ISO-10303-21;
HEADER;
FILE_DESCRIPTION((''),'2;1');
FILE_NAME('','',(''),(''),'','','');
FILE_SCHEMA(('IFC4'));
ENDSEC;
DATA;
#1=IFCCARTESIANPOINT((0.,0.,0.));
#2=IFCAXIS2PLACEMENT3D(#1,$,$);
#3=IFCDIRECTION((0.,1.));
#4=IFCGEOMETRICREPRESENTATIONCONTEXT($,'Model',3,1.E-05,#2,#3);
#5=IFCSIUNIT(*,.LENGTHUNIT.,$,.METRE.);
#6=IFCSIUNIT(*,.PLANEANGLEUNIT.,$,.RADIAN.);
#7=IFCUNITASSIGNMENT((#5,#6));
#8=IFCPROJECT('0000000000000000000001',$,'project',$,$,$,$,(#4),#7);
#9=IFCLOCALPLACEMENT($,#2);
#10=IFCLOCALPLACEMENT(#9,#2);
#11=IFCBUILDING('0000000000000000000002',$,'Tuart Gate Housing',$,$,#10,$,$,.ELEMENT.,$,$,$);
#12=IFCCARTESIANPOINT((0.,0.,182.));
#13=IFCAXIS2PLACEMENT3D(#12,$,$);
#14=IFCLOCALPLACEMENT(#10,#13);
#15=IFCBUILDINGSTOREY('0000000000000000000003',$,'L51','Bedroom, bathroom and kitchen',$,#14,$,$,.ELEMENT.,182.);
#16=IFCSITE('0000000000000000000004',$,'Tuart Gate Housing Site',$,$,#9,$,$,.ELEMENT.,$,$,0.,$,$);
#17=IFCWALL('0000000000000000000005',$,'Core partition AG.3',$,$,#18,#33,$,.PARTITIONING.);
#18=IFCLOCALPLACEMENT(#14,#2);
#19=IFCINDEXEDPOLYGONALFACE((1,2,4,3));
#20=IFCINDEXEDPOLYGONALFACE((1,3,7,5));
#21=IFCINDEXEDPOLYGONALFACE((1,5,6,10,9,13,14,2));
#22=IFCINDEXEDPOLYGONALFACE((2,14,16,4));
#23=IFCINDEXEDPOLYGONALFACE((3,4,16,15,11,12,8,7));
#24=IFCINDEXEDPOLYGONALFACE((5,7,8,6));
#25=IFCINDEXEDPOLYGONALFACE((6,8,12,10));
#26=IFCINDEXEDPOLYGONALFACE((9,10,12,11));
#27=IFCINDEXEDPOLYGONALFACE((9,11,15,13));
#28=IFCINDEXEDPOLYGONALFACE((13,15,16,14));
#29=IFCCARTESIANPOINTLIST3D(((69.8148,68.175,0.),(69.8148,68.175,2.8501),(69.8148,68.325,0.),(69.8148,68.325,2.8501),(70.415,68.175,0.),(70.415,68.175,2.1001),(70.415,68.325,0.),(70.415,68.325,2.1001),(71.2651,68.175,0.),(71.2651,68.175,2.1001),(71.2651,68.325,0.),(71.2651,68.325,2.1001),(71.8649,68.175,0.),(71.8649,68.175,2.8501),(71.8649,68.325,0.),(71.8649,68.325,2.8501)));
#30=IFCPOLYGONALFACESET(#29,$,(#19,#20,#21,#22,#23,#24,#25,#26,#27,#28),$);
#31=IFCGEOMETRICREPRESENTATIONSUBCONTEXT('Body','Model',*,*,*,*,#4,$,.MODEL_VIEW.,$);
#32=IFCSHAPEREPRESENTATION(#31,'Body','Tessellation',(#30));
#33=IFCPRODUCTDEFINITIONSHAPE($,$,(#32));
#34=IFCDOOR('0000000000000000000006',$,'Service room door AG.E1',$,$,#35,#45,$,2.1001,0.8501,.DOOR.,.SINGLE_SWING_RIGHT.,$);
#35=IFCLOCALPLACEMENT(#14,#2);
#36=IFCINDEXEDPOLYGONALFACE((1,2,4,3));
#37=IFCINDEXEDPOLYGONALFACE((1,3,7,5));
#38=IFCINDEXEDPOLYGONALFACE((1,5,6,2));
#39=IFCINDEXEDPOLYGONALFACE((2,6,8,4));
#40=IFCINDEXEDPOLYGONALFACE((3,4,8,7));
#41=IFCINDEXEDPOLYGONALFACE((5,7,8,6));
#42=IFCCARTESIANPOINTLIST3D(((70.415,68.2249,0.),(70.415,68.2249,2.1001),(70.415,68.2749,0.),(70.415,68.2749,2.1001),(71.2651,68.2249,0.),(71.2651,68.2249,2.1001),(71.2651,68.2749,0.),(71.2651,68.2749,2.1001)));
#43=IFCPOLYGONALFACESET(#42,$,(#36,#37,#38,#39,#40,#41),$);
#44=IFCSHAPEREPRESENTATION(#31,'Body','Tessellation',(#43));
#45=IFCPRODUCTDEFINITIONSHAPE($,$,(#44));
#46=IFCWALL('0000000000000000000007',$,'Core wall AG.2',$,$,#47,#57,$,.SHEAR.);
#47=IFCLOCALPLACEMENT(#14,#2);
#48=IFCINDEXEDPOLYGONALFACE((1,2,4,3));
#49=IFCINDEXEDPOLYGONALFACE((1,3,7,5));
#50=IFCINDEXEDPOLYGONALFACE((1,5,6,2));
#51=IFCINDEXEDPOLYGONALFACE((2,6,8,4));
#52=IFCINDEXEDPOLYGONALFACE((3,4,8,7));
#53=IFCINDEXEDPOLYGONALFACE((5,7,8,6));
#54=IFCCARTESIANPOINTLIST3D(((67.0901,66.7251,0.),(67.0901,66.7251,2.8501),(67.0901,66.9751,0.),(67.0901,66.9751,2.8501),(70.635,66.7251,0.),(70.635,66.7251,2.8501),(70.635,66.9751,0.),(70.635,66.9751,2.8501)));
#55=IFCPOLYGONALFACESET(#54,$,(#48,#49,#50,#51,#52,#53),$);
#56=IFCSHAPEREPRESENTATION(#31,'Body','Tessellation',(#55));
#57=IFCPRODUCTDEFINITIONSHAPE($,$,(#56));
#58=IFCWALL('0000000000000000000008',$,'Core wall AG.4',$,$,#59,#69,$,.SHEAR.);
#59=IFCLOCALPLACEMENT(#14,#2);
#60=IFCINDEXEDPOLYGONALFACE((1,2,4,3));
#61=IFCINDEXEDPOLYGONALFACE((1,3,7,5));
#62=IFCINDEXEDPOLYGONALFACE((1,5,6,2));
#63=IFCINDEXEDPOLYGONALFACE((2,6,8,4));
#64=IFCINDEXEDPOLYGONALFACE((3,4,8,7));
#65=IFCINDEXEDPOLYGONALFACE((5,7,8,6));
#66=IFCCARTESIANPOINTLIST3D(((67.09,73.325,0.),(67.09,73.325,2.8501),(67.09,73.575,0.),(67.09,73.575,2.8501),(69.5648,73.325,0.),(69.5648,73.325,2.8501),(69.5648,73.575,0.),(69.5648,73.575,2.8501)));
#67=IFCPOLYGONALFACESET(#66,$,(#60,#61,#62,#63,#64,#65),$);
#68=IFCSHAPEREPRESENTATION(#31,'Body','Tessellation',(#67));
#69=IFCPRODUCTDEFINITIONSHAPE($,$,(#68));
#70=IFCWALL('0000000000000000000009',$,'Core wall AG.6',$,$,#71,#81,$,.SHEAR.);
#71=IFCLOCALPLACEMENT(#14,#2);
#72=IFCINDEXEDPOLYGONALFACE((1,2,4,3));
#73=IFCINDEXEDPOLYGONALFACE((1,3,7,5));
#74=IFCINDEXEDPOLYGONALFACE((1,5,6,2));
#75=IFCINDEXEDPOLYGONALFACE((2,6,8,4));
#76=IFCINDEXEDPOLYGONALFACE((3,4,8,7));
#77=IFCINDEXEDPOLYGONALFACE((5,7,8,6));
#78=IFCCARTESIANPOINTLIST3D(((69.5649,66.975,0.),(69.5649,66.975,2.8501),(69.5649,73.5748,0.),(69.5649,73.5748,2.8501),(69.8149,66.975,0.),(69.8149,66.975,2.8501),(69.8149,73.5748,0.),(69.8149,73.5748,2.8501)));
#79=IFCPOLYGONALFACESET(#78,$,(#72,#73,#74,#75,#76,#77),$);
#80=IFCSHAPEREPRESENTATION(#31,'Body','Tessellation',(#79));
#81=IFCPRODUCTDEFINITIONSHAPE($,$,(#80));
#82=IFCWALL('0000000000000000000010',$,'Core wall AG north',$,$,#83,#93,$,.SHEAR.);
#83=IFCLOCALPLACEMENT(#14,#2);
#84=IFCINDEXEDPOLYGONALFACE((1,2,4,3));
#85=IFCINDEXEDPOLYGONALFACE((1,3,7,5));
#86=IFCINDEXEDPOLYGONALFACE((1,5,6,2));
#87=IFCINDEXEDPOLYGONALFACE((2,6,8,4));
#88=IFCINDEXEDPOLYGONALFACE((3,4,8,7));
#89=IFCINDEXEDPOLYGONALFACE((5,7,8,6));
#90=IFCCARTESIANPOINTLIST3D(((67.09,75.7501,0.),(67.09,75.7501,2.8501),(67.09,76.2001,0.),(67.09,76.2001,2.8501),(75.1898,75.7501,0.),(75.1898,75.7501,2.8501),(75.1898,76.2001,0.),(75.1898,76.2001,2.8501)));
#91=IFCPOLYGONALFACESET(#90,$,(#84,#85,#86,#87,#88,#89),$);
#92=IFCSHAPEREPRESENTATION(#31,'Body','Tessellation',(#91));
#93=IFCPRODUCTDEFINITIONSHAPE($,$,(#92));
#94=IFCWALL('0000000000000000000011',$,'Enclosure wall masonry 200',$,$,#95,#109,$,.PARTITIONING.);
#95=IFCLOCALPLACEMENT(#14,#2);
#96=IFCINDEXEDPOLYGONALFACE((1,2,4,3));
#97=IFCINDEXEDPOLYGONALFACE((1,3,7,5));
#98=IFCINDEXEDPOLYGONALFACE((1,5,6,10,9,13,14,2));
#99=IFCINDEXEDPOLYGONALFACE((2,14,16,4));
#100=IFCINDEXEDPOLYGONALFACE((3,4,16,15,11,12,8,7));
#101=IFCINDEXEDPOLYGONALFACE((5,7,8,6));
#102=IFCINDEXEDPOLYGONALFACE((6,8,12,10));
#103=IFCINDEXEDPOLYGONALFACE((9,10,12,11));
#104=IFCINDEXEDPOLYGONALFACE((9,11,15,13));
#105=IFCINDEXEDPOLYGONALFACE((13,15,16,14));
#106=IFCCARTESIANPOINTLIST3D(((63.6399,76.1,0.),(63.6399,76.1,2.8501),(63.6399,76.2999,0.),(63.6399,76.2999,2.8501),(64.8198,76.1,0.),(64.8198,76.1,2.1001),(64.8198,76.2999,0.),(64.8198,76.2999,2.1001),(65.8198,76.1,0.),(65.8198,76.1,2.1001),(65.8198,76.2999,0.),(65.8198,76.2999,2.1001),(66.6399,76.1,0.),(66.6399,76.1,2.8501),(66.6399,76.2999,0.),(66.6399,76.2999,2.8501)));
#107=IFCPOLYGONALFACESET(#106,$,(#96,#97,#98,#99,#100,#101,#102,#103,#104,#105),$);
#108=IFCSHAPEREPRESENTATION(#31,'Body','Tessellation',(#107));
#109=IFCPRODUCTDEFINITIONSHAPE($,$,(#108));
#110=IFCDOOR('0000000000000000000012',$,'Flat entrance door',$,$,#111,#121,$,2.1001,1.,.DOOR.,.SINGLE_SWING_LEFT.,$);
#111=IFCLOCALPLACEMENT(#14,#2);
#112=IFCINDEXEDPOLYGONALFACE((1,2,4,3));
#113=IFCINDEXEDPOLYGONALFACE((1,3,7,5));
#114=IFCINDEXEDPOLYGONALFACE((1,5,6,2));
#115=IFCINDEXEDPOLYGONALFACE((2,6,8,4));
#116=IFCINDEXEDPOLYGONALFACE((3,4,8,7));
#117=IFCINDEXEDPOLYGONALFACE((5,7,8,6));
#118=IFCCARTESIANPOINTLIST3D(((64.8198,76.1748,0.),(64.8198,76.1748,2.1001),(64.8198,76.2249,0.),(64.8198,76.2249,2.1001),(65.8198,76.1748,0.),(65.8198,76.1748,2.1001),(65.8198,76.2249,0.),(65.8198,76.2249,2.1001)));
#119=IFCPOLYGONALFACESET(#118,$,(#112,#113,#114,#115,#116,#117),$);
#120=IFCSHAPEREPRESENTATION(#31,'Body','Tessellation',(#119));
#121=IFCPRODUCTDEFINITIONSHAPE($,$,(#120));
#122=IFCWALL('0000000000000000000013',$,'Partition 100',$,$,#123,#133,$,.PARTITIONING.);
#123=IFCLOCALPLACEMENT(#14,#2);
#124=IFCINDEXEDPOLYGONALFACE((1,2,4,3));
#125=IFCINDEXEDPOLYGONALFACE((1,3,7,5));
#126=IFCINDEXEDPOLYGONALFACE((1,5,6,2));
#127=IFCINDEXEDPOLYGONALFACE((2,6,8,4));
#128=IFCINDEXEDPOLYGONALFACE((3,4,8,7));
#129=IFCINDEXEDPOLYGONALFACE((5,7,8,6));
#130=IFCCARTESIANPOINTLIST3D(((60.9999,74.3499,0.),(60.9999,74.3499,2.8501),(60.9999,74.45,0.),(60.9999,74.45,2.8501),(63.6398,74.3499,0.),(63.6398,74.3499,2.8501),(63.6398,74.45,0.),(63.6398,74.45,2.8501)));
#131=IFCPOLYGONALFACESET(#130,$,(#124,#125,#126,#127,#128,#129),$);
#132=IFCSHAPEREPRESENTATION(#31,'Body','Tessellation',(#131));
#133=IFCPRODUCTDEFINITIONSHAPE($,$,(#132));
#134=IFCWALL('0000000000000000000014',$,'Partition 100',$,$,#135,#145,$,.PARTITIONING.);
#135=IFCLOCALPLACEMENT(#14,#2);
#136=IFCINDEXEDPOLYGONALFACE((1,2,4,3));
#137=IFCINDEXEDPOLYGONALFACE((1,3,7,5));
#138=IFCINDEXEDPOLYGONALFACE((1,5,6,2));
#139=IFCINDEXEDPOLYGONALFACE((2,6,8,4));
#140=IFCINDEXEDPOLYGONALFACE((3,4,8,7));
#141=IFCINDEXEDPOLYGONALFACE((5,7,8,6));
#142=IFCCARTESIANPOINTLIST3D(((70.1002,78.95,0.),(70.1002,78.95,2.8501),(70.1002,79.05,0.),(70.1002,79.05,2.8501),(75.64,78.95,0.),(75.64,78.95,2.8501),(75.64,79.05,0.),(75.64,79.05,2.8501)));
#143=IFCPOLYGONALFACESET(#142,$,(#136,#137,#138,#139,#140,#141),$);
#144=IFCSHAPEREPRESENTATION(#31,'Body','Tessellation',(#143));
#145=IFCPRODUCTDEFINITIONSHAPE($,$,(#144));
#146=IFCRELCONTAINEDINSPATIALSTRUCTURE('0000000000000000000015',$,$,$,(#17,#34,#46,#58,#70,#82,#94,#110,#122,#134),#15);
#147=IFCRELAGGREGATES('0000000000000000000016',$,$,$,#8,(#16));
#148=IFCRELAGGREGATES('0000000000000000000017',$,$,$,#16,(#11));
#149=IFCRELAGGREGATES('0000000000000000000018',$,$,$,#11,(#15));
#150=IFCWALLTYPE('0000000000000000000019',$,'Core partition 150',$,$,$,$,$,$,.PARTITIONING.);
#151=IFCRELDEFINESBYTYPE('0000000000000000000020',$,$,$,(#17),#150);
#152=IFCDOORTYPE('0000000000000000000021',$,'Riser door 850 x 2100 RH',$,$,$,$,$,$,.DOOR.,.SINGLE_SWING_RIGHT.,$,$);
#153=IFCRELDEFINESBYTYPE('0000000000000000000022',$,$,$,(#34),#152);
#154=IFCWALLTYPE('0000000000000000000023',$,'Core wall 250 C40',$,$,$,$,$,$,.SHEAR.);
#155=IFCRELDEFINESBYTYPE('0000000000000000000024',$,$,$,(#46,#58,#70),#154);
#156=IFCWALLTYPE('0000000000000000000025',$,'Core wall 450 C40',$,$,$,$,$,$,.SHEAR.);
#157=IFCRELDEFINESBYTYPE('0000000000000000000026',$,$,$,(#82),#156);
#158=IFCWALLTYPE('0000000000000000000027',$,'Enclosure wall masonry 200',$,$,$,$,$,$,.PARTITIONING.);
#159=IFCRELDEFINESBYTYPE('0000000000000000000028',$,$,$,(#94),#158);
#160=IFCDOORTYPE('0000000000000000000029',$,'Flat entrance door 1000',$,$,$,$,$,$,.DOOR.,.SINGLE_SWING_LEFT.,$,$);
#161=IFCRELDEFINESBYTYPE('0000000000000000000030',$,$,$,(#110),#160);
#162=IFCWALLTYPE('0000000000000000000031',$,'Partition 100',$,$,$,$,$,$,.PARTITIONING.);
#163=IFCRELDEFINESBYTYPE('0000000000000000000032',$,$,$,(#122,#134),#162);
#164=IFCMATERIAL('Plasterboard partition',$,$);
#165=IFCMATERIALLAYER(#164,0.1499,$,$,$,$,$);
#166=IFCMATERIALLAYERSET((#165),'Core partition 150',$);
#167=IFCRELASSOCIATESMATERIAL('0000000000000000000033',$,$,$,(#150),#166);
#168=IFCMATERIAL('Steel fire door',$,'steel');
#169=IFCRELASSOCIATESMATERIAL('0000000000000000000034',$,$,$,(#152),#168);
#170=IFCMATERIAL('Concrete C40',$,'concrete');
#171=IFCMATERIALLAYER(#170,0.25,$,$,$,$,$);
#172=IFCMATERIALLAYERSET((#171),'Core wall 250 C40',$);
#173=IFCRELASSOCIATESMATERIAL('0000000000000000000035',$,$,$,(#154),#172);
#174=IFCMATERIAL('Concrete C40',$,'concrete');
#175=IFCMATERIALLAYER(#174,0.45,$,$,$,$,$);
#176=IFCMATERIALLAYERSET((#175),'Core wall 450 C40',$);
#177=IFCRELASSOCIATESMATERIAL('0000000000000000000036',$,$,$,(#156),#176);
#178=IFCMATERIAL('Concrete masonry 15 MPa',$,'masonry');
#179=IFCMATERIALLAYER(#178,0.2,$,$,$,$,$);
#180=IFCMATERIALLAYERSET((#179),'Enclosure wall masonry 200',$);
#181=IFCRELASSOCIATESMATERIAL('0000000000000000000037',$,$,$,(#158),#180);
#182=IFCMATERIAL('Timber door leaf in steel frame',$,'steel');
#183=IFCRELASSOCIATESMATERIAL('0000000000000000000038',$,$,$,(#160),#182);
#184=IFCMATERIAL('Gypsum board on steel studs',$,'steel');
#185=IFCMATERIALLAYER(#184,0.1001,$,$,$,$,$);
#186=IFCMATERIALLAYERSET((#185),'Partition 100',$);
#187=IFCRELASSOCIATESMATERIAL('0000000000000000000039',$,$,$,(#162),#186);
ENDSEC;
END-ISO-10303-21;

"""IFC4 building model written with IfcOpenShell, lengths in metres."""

from ifc_helpers import new_model, si_unit, direction, frame, frame_2d, origin, place, context, subcontext, project, spatial, rectangle, extrude, material, layer, layer_set, type_object, element, fill, save


model = new_model("IFC4")

# Units and contexts
model_context = context("Model", 3, precision=1e-05, world=origin(), true_north=direction((0.0, 1.0)))
body_context = subcontext(model_context, "Body", "Model", "MODEL_VIEW")
ifc_project = project(units=[si_unit("LENGTHUNIT", "METRE"), si_unit("PLANEANGLEUNIT", "RADIAN")], contexts=[model_context])

# Site, building, storey
site_placement = place(None, origin())
site = spatial("IfcSite", under=ifc_project, at=site_placement, Name="Tuart Gate Housing Site", CompositionType="ELEMENT", RefElevation=0.0)
building_placement = place(site_placement, origin())
building = spatial("IfcBuilding", under=site, at=building_placement, Name="Tuart Gate Housing", CompositionType="ELEMENT")
storey_placement = place(building_placement, frame((0.0, 0.0, 182.0)))
storey = spatial("IfcBuildingStorey", under=building, at=storey_placement, Name="L51", Description="Bedroom, bathroom and kitchen", CompositionType="ELEMENT", Elevation=182.0)

# Wall, opening, door
ifc_material_1 = material(Name="Plasterboard partition")
ifc_layer_1 = layer(ifc_material_1, 0.1499)
ifc_layer_set_1 = layer_set([ifc_layer_1], Name="Core partition 150")
wall_type_1 = type_object("IfcWallType", Name="Core partition 150", PredefinedType="PARTITIONING", material=ifc_layer_set_1)
wall_1_placement = place(storey_placement, frame((69.8149, 68.25, 0.0), z_axis=(0.0, 0.0, 1.0), x_axis=(1.0, 0.0, 0.0)))
wall_1 = element("IfcWall", 1, at=wall_1_placement, inside=storey, type_object=wall_type_1, Name="Core partition AG.3", PredefinedType="PARTITIONING", context=body_context, shape_type="SweptSolid", body=[
    extrude(rectangle(XDim=2.05, YDim=0.1499, at=frame_2d((1.0249, 0.0))), origin(), (0.0, 0.0, 1.0), 2.8501),
])
opening_1_placement = place(wall_1_placement, frame((0.6001, 0.0, 0.0)))
opening_1 = element("IfcOpeningElement", 2, at=opening_1_placement, cuts=wall_1, PredefinedType="OPENING", context=body_context, shape_type="SweptSolid", body=[
    extrude(rectangle(XDim=0.8501, YDim=2.1001, at=frame_2d((0.425, 1.05))), frame((0.0, 0.085, 0.0), z_axis=(0.0, -1.0, 0.0), x_axis=(1.0, 0.0, 0.0)), (0.0, 0.0, 1.0), 0.1699),
])
ifc_material_2 = material(Name="Steel fire door", Category="steel")
door_type_1 = type_object("IfcDoorType", Name="Riser door 850 x 2100 RH", OperationType="SINGLE_SWING_RIGHT", PredefinedType="DOOR", material=ifc_material_2)
door_1_placement = place(opening_1_placement, frame((0.8501, 0.0, 0.0), z_axis=(0.0, 0.0, 1.0), x_axis=(-1.0, 0.0, 0.0)))
door_1 = element("IfcDoor", 3, at=door_1_placement, inside=storey, type_object=door_type_1, Name="Service room door AG.E1", OperationType="SINGLE_SWING_RIGHT", OverallHeight=2.1001, OverallWidth=0.8501, PredefinedType="DOOR", context=body_context, shape_type="SweptSolid", body=[
    extrude(rectangle(XDim=0.8501, YDim=2.1001, at=frame_2d((0.425, 1.05))), frame((0.0, 0.0251, 0.0), z_axis=(0.0, -1.0, 0.0), x_axis=(1.0, 0.0, 0.0)), (0.0, 0.0, 1.0), 0.05),
])
fill(opening_1, door_1)

# Walls
ifc_material_3 = material(Name="Concrete C40", Category="concrete")
ifc_layer_2 = layer(ifc_material_3, 0.25)
ifc_layer_set_2 = layer_set([ifc_layer_2], Name="Core wall 250 C40")
wall_type_2 = type_object("IfcWallType", Name="Core wall 250 C40", PredefinedType="SHEAR", material=ifc_layer_set_2)
wall_2_placement = place(storey_placement, frame((67.0901, 66.8501, 0.0), z_axis=(0.0, 0.0, 1.0), x_axis=(1.0, 0.0, 0.0)))
element("IfcWall", 4, at=wall_2_placement, inside=storey, type_object=wall_type_2, Name="Core wall AG.2", PredefinedType="SHEAR", context=body_context, shape_type="SweptSolid", body=[
    extrude(rectangle(XDim=3.5449, YDim=0.25, at=frame_2d((1.7725, 0.0))), origin(), (0.0, 0.0, 1.0), 2.8501),
])
wall_3_placement = place(storey_placement, frame((67.0901, 73.45, 0.0), z_axis=(0.0, 0.0, 1.0), x_axis=(1.0, 0.0, 0.0)))
element("IfcWall", 5, at=wall_3_placement, inside=storey, type_object=wall_type_2, Name="Core wall AG.4", PredefinedType="SHEAR", context=body_context, shape_type="SweptSolid", body=[
    extrude(rectangle(XDim=2.4749, YDim=0.25, at=frame_2d((1.2373, 0.0))), origin(), (0.0, 0.0, 1.0), 2.8501),
])
wall_4_placement = place(storey_placement, frame((69.6899, 66.9751, 0.0), z_axis=(0.0, 0.0, 1.0), x_axis=(0.0, 1.0, 0.0)))
element("IfcWall", 6, at=wall_4_placement, inside=storey, type_object=wall_type_2, Name="Core wall AG.6", PredefinedType="SHEAR", context=body_context, shape_type="SweptSolid", body=[
    extrude(rectangle(XDim=6.5999, YDim=0.25, at=frame_2d((3.2998, 0.0))), origin(), (0.0, 0.0, 1.0), 2.8501),
])
ifc_material_4 = material(Name="Concrete C40", Category="concrete")
ifc_layer_3 = layer(ifc_material_4, 0.45)
ifc_layer_set_3 = layer_set([ifc_layer_3], Name="Core wall 450 C40")
wall_type_3 = type_object("IfcWallType", Name="Core wall 450 C40", PredefinedType="SHEAR", material=ifc_layer_set_3)
wall_5_placement = place(storey_placement, frame((67.0901, 75.9751, 0.0), z_axis=(0.0, 0.0, 1.0), x_axis=(1.0, 0.0, 0.0)))
element("IfcWall", 7, at=wall_5_placement, inside=storey, type_object=wall_type_3, Name="Core wall AG north", PredefinedType="SHEAR", context=body_context, shape_type="SweptSolid", body=[
    extrude(rectangle(XDim=8.0999, YDim=0.45, at=frame_2d((4.0498, 0.0))), origin(), (0.0, 0.0, 1.0), 2.8501),
])

# Wall, opening, door
ifc_material_5 = material(Name="Concrete masonry 15 MPa", Category="masonry")
ifc_layer_4 = layer(ifc_material_5, 0.2)
ifc_layer_set_4 = layer_set([ifc_layer_4], Name="Enclosure wall masonry 200")
wall_type_4 = type_object("IfcWallType", Name="Enclosure wall masonry 200", PredefinedType="PARTITIONING", material=ifc_layer_set_4)
wall_6_placement = place(storey_placement, frame((63.6399, 76.2, 0.0), z_axis=(0.0, 0.0, 1.0), x_axis=(1.0, 0.0, 0.0)))
wall_6 = element("IfcWall", 8, at=wall_6_placement, inside=storey, type_object=wall_type_4, Name="Enclosure wall masonry 200", PredefinedType="PARTITIONING", context=body_context, shape_type="SweptSolid", body=[
    extrude(rectangle(XDim=3.0, YDim=0.2, at=frame_2d((1.5, 0.0))), origin(), (0.0, 0.0, 1.0), 2.8501),
])
opening_2_placement = place(wall_6_placement, frame((1.1799, 0.0, 0.0)))
opening_2 = element("IfcOpeningElement", 9, at=opening_2_placement, cuts=wall_6, PredefinedType="OPENING", context=body_context, shape_type="SweptSolid", body=[
    extrude(rectangle(XDim=1.0, YDim=2.1001, at=frame_2d((0.5, 1.05))), frame((0.0, 0.1099, 0.0), z_axis=(0.0, -1.0, 0.0), x_axis=(1.0, 0.0, 0.0)), (0.0, 0.0, 1.0), 0.22),
])
ifc_material_6 = material(Name="Timber door leaf in steel frame", Category="steel")
door_type_2 = type_object("IfcDoorType", Name="Flat entrance door 1000", OperationType="SINGLE_SWING_LEFT", PredefinedType="DOOR", material=ifc_material_6)
door_2_placement = place(opening_2_placement, origin())
door_2 = element("IfcDoor", 10, at=door_2_placement, inside=storey, type_object=door_type_2, Name="Flat entrance door", OperationType="SINGLE_SWING_LEFT", OverallHeight=2.1001, OverallWidth=1.0, PredefinedType="DOOR", context=body_context, shape_type="SweptSolid", body=[
    extrude(rectangle(XDim=1.0, YDim=2.1001, at=frame_2d((0.5, 1.05))), frame((0.0, 0.0249, 0.0), z_axis=(0.0, -1.0, 0.0), x_axis=(1.0, 0.0, 0.0)), (0.0, 0.0, 1.0), 0.05),
])
fill(opening_2, door_2)

# Walls
ifc_material_7 = material(Name="Gypsum board on steel studs", Category="steel")
ifc_layer_5 = layer(ifc_material_7, 0.1001)
ifc_layer_set_5 = layer_set([ifc_layer_5], Name="Partition 100")
wall_type_5 = type_object("IfcWallType", Name="Partition 100", PredefinedType="PARTITIONING", material=ifc_layer_set_5)
wall_7_placement = place(storey_placement, frame((61.0, 74.3999, 0.0), z_axis=(0.0, 0.0, 1.0), x_axis=(1.0, 0.0, 0.0)))
element("IfcWall", 11, at=wall_7_placement, inside=storey, type_object=wall_type_5, Name="Partition 100", PredefinedType="PARTITIONING", context=body_context, shape_type="SweptSolid", body=[
    extrude(rectangle(XDim=2.6399, YDim=0.1001, at=frame_2d((1.3198, 0.0))), origin(), (0.0, 0.0, 1.0), 2.8501),
])
wall_8_placement = place(storey_placement, frame((70.1001, 79.0, 0.0), z_axis=(0.0, 0.0, 1.0), x_axis=(1.0, 0.0, 0.0)))
element("IfcWall", 12, at=wall_8_placement, inside=storey, type_object=wall_type_5, Name="Partition 100", PredefinedType="PARTITIONING", context=body_context, shape_type="SweptSolid", body=[
    extrude(rectangle(XDim=5.5398, YDim=0.1001, at=frame_2d((2.77, 0.0))), origin(), (0.0, 0.0, 1.0), 2.8501),
])

save(model, "model.ifc")
